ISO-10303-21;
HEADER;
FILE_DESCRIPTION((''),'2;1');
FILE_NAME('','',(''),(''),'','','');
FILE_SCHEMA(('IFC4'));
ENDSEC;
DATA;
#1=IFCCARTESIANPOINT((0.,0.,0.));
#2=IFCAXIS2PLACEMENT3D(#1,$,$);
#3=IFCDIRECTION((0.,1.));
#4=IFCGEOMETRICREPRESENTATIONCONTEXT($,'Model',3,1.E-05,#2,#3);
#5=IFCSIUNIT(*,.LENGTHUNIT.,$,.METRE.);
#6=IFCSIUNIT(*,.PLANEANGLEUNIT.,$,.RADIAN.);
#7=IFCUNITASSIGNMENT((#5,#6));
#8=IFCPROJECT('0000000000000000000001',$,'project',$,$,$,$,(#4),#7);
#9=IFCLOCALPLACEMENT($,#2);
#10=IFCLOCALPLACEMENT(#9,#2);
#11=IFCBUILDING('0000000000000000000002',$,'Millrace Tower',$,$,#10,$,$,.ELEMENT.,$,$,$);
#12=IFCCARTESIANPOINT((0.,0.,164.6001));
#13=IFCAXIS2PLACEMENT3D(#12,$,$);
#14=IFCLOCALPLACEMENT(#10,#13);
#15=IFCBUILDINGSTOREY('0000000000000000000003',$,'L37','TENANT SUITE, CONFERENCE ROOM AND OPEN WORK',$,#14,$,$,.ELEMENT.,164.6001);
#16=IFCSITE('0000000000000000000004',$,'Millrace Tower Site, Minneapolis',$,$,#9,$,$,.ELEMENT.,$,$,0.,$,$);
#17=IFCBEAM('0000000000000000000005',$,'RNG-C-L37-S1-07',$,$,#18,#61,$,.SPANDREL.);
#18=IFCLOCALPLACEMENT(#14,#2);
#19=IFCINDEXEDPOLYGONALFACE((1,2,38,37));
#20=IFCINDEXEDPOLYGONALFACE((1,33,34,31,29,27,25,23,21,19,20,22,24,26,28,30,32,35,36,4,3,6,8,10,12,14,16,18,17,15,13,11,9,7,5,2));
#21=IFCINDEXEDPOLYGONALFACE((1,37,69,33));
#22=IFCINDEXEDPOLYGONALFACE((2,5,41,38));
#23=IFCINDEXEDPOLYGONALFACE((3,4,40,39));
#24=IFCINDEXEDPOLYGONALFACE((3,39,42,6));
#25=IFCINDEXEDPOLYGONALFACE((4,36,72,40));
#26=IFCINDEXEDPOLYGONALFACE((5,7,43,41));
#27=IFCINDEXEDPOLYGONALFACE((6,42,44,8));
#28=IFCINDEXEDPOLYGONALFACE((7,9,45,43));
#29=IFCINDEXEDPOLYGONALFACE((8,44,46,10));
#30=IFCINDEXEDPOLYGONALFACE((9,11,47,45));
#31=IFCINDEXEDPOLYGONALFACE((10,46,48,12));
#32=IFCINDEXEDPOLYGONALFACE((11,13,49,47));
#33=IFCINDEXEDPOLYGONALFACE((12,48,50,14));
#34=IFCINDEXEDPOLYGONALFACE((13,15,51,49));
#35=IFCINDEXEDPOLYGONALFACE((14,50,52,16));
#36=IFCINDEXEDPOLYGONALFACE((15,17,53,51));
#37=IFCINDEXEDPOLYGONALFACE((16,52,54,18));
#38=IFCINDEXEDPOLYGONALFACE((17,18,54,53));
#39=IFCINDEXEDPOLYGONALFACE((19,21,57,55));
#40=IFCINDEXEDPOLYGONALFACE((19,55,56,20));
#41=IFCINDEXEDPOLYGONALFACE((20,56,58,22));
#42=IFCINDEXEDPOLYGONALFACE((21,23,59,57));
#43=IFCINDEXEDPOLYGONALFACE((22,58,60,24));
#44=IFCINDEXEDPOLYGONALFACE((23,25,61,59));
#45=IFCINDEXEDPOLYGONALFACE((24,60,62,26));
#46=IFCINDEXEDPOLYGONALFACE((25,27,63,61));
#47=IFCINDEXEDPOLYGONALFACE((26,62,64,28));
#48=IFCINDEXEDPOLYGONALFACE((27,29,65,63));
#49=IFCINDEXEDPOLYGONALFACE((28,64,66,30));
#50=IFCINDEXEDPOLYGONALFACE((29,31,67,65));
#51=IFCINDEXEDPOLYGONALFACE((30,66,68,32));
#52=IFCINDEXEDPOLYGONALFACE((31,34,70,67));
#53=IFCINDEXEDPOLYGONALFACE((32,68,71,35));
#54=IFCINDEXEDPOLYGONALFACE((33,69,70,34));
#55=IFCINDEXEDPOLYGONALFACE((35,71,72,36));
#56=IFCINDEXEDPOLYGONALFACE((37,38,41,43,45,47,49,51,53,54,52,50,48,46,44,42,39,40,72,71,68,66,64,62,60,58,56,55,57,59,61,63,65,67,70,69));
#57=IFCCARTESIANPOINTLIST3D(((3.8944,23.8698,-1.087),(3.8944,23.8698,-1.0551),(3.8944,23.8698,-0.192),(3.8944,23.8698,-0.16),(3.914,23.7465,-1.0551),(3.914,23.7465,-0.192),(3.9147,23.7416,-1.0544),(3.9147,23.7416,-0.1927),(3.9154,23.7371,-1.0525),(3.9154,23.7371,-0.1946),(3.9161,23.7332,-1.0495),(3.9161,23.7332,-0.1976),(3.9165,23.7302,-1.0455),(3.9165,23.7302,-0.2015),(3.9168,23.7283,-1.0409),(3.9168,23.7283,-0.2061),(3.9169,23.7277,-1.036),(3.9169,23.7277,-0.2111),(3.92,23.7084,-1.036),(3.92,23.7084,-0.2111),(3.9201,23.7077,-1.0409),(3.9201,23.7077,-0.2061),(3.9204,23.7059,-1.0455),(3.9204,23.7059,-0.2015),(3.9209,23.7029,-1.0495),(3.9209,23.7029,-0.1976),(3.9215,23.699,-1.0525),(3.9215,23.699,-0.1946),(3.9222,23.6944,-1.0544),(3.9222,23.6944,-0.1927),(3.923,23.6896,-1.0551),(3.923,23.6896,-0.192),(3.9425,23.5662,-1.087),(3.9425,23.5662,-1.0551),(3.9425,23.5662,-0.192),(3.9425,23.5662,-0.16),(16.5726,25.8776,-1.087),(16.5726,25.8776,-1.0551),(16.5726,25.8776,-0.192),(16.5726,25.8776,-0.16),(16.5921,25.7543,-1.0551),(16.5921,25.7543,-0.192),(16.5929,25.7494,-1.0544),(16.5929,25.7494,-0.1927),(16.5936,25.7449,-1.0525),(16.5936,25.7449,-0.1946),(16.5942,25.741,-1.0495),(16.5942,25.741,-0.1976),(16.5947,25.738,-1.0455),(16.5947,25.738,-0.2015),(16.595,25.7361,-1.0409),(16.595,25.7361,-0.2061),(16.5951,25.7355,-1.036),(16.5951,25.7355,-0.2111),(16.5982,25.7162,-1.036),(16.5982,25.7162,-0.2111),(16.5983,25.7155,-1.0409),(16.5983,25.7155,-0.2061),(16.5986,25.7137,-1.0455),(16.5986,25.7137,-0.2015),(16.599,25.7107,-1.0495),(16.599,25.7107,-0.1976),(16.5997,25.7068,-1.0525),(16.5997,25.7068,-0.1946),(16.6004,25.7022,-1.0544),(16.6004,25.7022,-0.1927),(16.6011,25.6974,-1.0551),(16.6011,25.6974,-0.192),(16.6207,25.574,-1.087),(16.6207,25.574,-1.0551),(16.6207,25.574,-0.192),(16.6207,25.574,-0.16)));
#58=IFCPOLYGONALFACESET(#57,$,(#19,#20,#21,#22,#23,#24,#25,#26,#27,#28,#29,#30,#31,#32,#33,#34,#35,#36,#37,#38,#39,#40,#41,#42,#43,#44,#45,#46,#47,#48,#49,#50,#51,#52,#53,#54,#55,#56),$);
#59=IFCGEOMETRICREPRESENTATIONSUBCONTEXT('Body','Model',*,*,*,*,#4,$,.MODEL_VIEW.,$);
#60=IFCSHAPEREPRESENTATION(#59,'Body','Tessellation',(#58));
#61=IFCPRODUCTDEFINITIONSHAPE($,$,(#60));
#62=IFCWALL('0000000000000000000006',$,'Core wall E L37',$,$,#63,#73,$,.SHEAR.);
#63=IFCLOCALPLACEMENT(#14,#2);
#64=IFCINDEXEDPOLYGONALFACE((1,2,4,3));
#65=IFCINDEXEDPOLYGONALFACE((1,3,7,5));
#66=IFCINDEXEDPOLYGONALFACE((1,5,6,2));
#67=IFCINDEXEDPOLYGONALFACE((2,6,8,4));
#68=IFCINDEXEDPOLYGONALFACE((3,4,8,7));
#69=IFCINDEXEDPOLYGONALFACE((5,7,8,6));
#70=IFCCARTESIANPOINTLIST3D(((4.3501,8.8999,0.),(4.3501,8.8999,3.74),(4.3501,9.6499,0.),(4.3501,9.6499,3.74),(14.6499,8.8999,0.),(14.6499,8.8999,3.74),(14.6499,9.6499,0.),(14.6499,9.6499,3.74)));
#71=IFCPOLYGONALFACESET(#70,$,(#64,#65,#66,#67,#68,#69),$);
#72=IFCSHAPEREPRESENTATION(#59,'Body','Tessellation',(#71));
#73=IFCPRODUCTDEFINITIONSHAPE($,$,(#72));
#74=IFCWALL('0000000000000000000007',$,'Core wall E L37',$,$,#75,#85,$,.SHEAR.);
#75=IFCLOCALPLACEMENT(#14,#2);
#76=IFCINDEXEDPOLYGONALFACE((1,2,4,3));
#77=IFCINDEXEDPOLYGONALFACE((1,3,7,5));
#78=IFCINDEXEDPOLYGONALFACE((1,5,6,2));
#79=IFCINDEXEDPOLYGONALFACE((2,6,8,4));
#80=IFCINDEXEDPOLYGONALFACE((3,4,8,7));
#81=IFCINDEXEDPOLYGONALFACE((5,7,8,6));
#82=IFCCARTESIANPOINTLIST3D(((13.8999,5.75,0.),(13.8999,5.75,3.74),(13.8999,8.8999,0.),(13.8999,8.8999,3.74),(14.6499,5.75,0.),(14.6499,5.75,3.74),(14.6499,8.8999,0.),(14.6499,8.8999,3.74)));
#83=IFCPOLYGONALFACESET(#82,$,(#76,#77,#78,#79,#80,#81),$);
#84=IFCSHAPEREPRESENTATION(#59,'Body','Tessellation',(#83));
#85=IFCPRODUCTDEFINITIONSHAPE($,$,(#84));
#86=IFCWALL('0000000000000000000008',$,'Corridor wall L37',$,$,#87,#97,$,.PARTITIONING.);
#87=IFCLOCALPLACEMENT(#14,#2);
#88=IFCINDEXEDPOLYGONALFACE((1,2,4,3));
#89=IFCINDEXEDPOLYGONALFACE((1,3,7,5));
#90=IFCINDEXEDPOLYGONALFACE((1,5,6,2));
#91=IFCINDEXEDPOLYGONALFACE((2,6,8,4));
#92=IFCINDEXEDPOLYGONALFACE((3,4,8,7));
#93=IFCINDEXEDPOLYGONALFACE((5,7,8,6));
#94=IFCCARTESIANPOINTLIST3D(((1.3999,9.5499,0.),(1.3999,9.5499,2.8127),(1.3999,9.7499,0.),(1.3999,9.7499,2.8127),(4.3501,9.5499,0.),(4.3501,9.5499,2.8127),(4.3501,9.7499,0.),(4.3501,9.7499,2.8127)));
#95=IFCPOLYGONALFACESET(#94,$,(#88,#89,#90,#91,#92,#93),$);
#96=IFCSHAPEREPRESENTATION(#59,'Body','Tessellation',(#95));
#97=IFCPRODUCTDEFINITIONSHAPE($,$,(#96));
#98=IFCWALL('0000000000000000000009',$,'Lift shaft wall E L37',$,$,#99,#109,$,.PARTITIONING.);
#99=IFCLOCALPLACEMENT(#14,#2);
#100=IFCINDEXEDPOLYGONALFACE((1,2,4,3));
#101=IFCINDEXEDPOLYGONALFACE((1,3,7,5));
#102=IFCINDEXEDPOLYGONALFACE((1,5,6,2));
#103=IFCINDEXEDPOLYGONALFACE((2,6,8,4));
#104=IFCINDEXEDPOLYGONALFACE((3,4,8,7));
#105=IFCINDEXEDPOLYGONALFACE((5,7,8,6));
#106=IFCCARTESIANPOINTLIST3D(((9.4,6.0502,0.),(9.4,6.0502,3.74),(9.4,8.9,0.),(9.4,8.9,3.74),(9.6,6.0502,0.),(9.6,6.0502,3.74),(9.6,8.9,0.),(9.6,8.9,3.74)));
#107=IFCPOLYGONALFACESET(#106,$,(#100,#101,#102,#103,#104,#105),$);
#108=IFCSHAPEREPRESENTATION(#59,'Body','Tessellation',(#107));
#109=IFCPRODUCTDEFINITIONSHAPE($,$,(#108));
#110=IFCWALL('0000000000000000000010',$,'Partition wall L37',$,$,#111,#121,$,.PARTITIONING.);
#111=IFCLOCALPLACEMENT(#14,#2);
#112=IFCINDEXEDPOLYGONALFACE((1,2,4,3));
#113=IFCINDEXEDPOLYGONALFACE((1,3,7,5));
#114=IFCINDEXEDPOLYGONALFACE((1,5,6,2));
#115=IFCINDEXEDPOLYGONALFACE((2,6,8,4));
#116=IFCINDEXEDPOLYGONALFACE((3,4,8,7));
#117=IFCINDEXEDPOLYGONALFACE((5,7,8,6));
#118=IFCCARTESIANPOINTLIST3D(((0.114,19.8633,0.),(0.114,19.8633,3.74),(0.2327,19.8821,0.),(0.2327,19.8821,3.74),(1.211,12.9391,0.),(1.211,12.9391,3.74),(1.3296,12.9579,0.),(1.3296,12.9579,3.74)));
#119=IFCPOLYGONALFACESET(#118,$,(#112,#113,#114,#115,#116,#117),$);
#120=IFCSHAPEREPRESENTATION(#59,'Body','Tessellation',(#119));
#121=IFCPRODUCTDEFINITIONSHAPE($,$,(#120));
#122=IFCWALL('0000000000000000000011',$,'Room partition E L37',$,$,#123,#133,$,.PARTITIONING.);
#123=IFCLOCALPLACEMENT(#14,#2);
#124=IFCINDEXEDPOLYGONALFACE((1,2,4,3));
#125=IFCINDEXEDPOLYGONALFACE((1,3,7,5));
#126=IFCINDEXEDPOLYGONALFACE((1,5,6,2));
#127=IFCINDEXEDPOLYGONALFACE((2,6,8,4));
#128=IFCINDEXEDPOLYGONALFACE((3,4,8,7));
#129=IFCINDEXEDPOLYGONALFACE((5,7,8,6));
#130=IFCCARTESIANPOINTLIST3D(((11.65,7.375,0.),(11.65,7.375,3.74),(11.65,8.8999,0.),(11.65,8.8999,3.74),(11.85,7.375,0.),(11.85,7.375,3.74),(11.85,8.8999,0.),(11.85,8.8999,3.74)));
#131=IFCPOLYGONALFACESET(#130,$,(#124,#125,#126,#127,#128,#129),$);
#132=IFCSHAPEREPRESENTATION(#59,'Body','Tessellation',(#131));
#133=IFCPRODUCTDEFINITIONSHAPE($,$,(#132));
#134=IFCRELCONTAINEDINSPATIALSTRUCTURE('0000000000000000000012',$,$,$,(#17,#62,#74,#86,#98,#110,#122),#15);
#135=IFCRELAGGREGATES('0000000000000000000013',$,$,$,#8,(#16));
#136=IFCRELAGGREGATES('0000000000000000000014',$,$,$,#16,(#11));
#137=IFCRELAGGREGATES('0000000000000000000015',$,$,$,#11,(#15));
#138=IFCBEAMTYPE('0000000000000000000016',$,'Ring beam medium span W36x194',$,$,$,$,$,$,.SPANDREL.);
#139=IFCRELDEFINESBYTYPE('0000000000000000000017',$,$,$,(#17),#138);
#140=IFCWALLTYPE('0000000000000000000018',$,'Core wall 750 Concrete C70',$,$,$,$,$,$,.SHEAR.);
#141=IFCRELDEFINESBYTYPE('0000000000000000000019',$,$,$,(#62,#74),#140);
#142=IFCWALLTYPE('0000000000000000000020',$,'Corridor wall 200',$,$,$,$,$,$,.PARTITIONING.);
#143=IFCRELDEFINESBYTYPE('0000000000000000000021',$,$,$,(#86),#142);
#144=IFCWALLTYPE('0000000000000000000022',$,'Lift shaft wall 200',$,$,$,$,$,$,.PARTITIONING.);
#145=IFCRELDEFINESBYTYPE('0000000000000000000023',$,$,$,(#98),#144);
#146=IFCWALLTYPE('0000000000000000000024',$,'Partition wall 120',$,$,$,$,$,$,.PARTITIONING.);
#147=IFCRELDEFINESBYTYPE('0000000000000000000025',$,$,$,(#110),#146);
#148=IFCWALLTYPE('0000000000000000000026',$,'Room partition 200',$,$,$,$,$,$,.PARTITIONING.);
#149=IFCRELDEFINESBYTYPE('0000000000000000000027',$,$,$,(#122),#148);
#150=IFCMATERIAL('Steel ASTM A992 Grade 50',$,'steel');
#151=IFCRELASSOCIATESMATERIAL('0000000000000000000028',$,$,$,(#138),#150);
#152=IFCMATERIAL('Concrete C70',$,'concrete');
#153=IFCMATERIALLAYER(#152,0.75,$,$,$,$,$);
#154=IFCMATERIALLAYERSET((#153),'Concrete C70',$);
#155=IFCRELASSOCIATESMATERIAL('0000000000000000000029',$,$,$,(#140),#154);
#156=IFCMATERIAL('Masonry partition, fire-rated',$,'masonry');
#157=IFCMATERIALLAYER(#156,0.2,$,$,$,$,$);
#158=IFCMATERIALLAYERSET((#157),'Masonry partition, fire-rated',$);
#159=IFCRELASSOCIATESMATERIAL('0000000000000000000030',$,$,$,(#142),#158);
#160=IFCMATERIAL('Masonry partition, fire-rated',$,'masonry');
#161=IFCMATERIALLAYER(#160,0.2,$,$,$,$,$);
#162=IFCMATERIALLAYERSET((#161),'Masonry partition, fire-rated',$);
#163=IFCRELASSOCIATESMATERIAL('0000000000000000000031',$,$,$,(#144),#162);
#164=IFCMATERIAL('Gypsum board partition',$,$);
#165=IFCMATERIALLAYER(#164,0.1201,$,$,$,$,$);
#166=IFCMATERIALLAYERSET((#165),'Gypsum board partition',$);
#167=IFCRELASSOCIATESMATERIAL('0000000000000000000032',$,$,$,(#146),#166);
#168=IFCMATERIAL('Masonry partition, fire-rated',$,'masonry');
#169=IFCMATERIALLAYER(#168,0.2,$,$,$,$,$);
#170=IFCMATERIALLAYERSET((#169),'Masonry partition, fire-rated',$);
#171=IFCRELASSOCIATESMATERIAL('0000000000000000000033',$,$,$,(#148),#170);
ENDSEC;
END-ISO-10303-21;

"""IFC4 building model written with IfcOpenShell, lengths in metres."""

from ifc_helpers import new_model, si_unit, direction, frame, frame_2d, origin, origin_2d, place, context, subcontext, project, spatial, rectangle, i_section, extrude, material, layer, layer_set, material_profile, profile_set, type_object, element, save


model = new_model("IFC4")

# Units and contexts
model_context = context("Model", 3, precision=1e-05, world=origin(), true_north=direction((0.0, 1.0)))
body_context = subcontext(model_context, "Body", "Model", "MODEL_VIEW")
ifc_project = project(units=[si_unit("LENGTHUNIT", "METRE"), si_unit("PLANEANGLEUNIT", "RADIAN")], contexts=[model_context])

# Site, building, storey
site_placement = place(None, origin())
site = spatial("IfcSite", under=ifc_project, at=site_placement, Name="Millrace Tower Site, Minneapolis", CompositionType="ELEMENT", RefElevation=0.0)
building_placement = place(site_placement, origin())
building = spatial("IfcBuilding", under=site, at=building_placement, Name="Millrace Tower", CompositionType="ELEMENT")
storey_placement = place(building_placement, frame((0.0, 0.0, 164.6001)))
storey = spatial("IfcBuildingStorey", under=building, at=storey_placement, Name="L37", Description="TENANT SUITE, CONFERENCE ROOM AND OPEN WORK", CompositionType="ELEMENT", Elevation=164.6001)

# Beam
ifc_material_1 = material(Name="Steel ASTM A992 Grade 50", Category="steel")
ifc_material_profile_1 = material_profile(ifc_material_1, i_section(OverallWidth=0.3074, OverallDepth=0.927, WebThickness=0.0195, FlangeThickness=0.032, FilletRadius=0.019, at=origin_2d()))
ifc_profile_set_1 = profile_set([ifc_material_profile_1], Name="Steel ASTM A992 Grade 50")
beam_type_1 = type_object("IfcBeamType", Name="Ring beam medium span W36x194", PredefinedType="SPANDREL", material=ifc_profile_set_1)
beam_1_placement = place(storey_placement, frame((3.9185, 23.718, -0.6235), z_axis=(0.987691, 0.156418, 0.0), x_axis=(-0.156418, 0.987691, 0.0)))
element("IfcBeam", 1, at=beam_1_placement, inside=storey, type_object=beam_type_1, Name="RNG-C-L37-S1-07", PredefinedType="SPANDREL", context=body_context, shape_type="SweptSolid", body=[
    extrude(i_section(OverallWidth=0.3074, OverallDepth=0.927, WebThickness=0.0195, FlangeThickness=0.032, FilletRadius=0.019, at=origin_2d()), origin(), (0.0, 0.0, 1.0), 12.8362),
])

# Walls
ifc_material_2 = material(Name="Concrete C70", Category="concrete")
ifc_layer_1 = layer(ifc_material_2, 0.75)
ifc_layer_set_1 = layer_set([ifc_layer_1], Name="Concrete C70")
wall_type_1 = type_object("IfcWallType", Name="Core wall 750 Concrete C70", PredefinedType="SHEAR", material=ifc_layer_set_1)
wall_1_placement = place(storey_placement, frame((14.6499, 9.2749, 0.0), z_axis=(0.0, 0.0, 1.0), x_axis=(-1.0, 0.0, 0.0)))
element("IfcWall", 2, at=wall_1_placement, inside=storey, type_object=wall_type_1, Name="Core wall E L37", PredefinedType="SHEAR", context=body_context, shape_type="SweptSolid", body=[
    extrude(rectangle(XDim=10.2998, YDim=0.75, at=frame_2d((5.1499, 0.0))), origin(), (0.0, 0.0, 1.0), 3.74),
])
wall_2_placement = place(storey_placement, frame((14.2749, 8.8999, 0.0), z_axis=(0.0, 0.0, 1.0), x_axis=(0.0, -1.0, 0.0)))
element("IfcWall", 3, at=wall_2_placement, inside=storey, type_object=wall_type_1, Name="Core wall E L37", PredefinedType="SHEAR", context=body_context, shape_type="SweptSolid", body=[
    extrude(rectangle(XDim=3.1499, YDim=0.75, at=frame_2d((1.575, 0.0))), origin(), (0.0, 0.0, 1.0), 3.74),
])
ifc_material_3 = material(Name="Masonry partition, fire-rated", Category="masonry")
ifc_layer_2 = layer(ifc_material_3, 0.2)
ifc_layer_set_2 = layer_set([ifc_layer_2], Name="Masonry partition, fire-rated")
wall_type_2 = type_object("IfcWallType", Name="Corridor wall 200", PredefinedType="PARTITIONING", material=ifc_layer_set_2)
wall_3_placement = place(storey_placement, frame((1.3999, 9.6499, 0.0), z_axis=(0.0, 0.0, 1.0), x_axis=(1.0, 0.0, 0.0)))
element("IfcWall", 4, at=wall_3_placement, inside=storey, type_object=wall_type_2, Name="Corridor wall L37", PredefinedType="PARTITIONING", context=body_context, shape_type="SweptSolid", body=[
    extrude(rectangle(XDim=2.9502, YDim=0.2, at=frame_2d((1.4751, 0.0))), origin(), (0.0, 0.0, 1.0), 2.8127),
])
ifc_material_4 = material(Name="Masonry partition, fire-rated", Category="masonry")
ifc_layer_3 = layer(ifc_material_4, 0.2)
ifc_layer_set_3 = layer_set([ifc_layer_3], Name="Masonry partition, fire-rated")
wall_type_3 = type_object("IfcWallType", Name="Lift shaft wall 200", PredefinedType="PARTITIONING", material=ifc_layer_set_3)
wall_4_placement = place(storey_placement, frame((9.5, 8.8999, 0.0), z_axis=(0.0, 0.0, 1.0), x_axis=(0.0, -1.0, 0.0)))
element("IfcWall", 5, at=wall_4_placement, inside=storey, type_object=wall_type_3, Name="Lift shaft wall E L37", PredefinedType="PARTITIONING", context=body_context, shape_type="SweptSolid", body=[
    extrude(rectangle(XDim=2.8499, YDim=0.2, at=frame_2d((1.4248, 0.0))), origin(), (0.0, 0.0, 1.0), 3.74),
])
ifc_material_5 = material(Name="Gypsum board partition")
ifc_layer_4 = layer(ifc_material_5, 0.1201)
ifc_layer_set_4 = layer_set([ifc_layer_4], Name="Gypsum board partition")
wall_type_4 = type_object("IfcWallType", Name="Partition wall 120", PredefinedType="PARTITIONING", material=ifc_layer_set_4)
wall_5_placement = place(storey_placement, frame((0.1733, 19.8728, 0.0), z_axis=(0.0, 0.0, 1.0), x_axis=(0.15647, -0.987683, 0.0)))
element("IfcWall", 6, at=wall_5_placement, inside=storey, type_object=wall_type_4, Name="Partition wall L37", PredefinedType="PARTITIONING", context=body_context, shape_type="SweptSolid", body=[
    extrude(rectangle(XDim=7.0105, YDim=0.1201, at=frame_2d((3.5054, 0.0))), origin(), (0.0, 0.0, 1.0), 3.74),
])
ifc_material_6 = material(Name="Masonry partition, fire-rated", Category="masonry")
ifc_layer_5 = layer(ifc_material_6, 0.2)
ifc_layer_set_5 = layer_set([ifc_layer_5], Name="Masonry partition, fire-rated")
wall_type_5 = type_object("IfcWallType", Name="Room partition 200", PredefinedType="PARTITIONING", material=ifc_layer_set_5)
wall_6_placement = place(storey_placement, frame((11.75, 8.8999, 0.0), z_axis=(0.0, 0.0, 1.0), x_axis=(0.0, -1.0, 0.0)))
element("IfcWall", 7, at=wall_6_placement, inside=storey, type_object=wall_type_5, Name="Room partition E L37", PredefinedType="PARTITIONING", context=body_context, shape_type="SweptSolid", body=[
    extrude(rectangle(XDim=1.5249, YDim=0.2, at=frame_2d((0.7625, 0.0))), origin(), (0.0, 0.0, 1.0), 3.74),
])

save(model, "model.ifc")
